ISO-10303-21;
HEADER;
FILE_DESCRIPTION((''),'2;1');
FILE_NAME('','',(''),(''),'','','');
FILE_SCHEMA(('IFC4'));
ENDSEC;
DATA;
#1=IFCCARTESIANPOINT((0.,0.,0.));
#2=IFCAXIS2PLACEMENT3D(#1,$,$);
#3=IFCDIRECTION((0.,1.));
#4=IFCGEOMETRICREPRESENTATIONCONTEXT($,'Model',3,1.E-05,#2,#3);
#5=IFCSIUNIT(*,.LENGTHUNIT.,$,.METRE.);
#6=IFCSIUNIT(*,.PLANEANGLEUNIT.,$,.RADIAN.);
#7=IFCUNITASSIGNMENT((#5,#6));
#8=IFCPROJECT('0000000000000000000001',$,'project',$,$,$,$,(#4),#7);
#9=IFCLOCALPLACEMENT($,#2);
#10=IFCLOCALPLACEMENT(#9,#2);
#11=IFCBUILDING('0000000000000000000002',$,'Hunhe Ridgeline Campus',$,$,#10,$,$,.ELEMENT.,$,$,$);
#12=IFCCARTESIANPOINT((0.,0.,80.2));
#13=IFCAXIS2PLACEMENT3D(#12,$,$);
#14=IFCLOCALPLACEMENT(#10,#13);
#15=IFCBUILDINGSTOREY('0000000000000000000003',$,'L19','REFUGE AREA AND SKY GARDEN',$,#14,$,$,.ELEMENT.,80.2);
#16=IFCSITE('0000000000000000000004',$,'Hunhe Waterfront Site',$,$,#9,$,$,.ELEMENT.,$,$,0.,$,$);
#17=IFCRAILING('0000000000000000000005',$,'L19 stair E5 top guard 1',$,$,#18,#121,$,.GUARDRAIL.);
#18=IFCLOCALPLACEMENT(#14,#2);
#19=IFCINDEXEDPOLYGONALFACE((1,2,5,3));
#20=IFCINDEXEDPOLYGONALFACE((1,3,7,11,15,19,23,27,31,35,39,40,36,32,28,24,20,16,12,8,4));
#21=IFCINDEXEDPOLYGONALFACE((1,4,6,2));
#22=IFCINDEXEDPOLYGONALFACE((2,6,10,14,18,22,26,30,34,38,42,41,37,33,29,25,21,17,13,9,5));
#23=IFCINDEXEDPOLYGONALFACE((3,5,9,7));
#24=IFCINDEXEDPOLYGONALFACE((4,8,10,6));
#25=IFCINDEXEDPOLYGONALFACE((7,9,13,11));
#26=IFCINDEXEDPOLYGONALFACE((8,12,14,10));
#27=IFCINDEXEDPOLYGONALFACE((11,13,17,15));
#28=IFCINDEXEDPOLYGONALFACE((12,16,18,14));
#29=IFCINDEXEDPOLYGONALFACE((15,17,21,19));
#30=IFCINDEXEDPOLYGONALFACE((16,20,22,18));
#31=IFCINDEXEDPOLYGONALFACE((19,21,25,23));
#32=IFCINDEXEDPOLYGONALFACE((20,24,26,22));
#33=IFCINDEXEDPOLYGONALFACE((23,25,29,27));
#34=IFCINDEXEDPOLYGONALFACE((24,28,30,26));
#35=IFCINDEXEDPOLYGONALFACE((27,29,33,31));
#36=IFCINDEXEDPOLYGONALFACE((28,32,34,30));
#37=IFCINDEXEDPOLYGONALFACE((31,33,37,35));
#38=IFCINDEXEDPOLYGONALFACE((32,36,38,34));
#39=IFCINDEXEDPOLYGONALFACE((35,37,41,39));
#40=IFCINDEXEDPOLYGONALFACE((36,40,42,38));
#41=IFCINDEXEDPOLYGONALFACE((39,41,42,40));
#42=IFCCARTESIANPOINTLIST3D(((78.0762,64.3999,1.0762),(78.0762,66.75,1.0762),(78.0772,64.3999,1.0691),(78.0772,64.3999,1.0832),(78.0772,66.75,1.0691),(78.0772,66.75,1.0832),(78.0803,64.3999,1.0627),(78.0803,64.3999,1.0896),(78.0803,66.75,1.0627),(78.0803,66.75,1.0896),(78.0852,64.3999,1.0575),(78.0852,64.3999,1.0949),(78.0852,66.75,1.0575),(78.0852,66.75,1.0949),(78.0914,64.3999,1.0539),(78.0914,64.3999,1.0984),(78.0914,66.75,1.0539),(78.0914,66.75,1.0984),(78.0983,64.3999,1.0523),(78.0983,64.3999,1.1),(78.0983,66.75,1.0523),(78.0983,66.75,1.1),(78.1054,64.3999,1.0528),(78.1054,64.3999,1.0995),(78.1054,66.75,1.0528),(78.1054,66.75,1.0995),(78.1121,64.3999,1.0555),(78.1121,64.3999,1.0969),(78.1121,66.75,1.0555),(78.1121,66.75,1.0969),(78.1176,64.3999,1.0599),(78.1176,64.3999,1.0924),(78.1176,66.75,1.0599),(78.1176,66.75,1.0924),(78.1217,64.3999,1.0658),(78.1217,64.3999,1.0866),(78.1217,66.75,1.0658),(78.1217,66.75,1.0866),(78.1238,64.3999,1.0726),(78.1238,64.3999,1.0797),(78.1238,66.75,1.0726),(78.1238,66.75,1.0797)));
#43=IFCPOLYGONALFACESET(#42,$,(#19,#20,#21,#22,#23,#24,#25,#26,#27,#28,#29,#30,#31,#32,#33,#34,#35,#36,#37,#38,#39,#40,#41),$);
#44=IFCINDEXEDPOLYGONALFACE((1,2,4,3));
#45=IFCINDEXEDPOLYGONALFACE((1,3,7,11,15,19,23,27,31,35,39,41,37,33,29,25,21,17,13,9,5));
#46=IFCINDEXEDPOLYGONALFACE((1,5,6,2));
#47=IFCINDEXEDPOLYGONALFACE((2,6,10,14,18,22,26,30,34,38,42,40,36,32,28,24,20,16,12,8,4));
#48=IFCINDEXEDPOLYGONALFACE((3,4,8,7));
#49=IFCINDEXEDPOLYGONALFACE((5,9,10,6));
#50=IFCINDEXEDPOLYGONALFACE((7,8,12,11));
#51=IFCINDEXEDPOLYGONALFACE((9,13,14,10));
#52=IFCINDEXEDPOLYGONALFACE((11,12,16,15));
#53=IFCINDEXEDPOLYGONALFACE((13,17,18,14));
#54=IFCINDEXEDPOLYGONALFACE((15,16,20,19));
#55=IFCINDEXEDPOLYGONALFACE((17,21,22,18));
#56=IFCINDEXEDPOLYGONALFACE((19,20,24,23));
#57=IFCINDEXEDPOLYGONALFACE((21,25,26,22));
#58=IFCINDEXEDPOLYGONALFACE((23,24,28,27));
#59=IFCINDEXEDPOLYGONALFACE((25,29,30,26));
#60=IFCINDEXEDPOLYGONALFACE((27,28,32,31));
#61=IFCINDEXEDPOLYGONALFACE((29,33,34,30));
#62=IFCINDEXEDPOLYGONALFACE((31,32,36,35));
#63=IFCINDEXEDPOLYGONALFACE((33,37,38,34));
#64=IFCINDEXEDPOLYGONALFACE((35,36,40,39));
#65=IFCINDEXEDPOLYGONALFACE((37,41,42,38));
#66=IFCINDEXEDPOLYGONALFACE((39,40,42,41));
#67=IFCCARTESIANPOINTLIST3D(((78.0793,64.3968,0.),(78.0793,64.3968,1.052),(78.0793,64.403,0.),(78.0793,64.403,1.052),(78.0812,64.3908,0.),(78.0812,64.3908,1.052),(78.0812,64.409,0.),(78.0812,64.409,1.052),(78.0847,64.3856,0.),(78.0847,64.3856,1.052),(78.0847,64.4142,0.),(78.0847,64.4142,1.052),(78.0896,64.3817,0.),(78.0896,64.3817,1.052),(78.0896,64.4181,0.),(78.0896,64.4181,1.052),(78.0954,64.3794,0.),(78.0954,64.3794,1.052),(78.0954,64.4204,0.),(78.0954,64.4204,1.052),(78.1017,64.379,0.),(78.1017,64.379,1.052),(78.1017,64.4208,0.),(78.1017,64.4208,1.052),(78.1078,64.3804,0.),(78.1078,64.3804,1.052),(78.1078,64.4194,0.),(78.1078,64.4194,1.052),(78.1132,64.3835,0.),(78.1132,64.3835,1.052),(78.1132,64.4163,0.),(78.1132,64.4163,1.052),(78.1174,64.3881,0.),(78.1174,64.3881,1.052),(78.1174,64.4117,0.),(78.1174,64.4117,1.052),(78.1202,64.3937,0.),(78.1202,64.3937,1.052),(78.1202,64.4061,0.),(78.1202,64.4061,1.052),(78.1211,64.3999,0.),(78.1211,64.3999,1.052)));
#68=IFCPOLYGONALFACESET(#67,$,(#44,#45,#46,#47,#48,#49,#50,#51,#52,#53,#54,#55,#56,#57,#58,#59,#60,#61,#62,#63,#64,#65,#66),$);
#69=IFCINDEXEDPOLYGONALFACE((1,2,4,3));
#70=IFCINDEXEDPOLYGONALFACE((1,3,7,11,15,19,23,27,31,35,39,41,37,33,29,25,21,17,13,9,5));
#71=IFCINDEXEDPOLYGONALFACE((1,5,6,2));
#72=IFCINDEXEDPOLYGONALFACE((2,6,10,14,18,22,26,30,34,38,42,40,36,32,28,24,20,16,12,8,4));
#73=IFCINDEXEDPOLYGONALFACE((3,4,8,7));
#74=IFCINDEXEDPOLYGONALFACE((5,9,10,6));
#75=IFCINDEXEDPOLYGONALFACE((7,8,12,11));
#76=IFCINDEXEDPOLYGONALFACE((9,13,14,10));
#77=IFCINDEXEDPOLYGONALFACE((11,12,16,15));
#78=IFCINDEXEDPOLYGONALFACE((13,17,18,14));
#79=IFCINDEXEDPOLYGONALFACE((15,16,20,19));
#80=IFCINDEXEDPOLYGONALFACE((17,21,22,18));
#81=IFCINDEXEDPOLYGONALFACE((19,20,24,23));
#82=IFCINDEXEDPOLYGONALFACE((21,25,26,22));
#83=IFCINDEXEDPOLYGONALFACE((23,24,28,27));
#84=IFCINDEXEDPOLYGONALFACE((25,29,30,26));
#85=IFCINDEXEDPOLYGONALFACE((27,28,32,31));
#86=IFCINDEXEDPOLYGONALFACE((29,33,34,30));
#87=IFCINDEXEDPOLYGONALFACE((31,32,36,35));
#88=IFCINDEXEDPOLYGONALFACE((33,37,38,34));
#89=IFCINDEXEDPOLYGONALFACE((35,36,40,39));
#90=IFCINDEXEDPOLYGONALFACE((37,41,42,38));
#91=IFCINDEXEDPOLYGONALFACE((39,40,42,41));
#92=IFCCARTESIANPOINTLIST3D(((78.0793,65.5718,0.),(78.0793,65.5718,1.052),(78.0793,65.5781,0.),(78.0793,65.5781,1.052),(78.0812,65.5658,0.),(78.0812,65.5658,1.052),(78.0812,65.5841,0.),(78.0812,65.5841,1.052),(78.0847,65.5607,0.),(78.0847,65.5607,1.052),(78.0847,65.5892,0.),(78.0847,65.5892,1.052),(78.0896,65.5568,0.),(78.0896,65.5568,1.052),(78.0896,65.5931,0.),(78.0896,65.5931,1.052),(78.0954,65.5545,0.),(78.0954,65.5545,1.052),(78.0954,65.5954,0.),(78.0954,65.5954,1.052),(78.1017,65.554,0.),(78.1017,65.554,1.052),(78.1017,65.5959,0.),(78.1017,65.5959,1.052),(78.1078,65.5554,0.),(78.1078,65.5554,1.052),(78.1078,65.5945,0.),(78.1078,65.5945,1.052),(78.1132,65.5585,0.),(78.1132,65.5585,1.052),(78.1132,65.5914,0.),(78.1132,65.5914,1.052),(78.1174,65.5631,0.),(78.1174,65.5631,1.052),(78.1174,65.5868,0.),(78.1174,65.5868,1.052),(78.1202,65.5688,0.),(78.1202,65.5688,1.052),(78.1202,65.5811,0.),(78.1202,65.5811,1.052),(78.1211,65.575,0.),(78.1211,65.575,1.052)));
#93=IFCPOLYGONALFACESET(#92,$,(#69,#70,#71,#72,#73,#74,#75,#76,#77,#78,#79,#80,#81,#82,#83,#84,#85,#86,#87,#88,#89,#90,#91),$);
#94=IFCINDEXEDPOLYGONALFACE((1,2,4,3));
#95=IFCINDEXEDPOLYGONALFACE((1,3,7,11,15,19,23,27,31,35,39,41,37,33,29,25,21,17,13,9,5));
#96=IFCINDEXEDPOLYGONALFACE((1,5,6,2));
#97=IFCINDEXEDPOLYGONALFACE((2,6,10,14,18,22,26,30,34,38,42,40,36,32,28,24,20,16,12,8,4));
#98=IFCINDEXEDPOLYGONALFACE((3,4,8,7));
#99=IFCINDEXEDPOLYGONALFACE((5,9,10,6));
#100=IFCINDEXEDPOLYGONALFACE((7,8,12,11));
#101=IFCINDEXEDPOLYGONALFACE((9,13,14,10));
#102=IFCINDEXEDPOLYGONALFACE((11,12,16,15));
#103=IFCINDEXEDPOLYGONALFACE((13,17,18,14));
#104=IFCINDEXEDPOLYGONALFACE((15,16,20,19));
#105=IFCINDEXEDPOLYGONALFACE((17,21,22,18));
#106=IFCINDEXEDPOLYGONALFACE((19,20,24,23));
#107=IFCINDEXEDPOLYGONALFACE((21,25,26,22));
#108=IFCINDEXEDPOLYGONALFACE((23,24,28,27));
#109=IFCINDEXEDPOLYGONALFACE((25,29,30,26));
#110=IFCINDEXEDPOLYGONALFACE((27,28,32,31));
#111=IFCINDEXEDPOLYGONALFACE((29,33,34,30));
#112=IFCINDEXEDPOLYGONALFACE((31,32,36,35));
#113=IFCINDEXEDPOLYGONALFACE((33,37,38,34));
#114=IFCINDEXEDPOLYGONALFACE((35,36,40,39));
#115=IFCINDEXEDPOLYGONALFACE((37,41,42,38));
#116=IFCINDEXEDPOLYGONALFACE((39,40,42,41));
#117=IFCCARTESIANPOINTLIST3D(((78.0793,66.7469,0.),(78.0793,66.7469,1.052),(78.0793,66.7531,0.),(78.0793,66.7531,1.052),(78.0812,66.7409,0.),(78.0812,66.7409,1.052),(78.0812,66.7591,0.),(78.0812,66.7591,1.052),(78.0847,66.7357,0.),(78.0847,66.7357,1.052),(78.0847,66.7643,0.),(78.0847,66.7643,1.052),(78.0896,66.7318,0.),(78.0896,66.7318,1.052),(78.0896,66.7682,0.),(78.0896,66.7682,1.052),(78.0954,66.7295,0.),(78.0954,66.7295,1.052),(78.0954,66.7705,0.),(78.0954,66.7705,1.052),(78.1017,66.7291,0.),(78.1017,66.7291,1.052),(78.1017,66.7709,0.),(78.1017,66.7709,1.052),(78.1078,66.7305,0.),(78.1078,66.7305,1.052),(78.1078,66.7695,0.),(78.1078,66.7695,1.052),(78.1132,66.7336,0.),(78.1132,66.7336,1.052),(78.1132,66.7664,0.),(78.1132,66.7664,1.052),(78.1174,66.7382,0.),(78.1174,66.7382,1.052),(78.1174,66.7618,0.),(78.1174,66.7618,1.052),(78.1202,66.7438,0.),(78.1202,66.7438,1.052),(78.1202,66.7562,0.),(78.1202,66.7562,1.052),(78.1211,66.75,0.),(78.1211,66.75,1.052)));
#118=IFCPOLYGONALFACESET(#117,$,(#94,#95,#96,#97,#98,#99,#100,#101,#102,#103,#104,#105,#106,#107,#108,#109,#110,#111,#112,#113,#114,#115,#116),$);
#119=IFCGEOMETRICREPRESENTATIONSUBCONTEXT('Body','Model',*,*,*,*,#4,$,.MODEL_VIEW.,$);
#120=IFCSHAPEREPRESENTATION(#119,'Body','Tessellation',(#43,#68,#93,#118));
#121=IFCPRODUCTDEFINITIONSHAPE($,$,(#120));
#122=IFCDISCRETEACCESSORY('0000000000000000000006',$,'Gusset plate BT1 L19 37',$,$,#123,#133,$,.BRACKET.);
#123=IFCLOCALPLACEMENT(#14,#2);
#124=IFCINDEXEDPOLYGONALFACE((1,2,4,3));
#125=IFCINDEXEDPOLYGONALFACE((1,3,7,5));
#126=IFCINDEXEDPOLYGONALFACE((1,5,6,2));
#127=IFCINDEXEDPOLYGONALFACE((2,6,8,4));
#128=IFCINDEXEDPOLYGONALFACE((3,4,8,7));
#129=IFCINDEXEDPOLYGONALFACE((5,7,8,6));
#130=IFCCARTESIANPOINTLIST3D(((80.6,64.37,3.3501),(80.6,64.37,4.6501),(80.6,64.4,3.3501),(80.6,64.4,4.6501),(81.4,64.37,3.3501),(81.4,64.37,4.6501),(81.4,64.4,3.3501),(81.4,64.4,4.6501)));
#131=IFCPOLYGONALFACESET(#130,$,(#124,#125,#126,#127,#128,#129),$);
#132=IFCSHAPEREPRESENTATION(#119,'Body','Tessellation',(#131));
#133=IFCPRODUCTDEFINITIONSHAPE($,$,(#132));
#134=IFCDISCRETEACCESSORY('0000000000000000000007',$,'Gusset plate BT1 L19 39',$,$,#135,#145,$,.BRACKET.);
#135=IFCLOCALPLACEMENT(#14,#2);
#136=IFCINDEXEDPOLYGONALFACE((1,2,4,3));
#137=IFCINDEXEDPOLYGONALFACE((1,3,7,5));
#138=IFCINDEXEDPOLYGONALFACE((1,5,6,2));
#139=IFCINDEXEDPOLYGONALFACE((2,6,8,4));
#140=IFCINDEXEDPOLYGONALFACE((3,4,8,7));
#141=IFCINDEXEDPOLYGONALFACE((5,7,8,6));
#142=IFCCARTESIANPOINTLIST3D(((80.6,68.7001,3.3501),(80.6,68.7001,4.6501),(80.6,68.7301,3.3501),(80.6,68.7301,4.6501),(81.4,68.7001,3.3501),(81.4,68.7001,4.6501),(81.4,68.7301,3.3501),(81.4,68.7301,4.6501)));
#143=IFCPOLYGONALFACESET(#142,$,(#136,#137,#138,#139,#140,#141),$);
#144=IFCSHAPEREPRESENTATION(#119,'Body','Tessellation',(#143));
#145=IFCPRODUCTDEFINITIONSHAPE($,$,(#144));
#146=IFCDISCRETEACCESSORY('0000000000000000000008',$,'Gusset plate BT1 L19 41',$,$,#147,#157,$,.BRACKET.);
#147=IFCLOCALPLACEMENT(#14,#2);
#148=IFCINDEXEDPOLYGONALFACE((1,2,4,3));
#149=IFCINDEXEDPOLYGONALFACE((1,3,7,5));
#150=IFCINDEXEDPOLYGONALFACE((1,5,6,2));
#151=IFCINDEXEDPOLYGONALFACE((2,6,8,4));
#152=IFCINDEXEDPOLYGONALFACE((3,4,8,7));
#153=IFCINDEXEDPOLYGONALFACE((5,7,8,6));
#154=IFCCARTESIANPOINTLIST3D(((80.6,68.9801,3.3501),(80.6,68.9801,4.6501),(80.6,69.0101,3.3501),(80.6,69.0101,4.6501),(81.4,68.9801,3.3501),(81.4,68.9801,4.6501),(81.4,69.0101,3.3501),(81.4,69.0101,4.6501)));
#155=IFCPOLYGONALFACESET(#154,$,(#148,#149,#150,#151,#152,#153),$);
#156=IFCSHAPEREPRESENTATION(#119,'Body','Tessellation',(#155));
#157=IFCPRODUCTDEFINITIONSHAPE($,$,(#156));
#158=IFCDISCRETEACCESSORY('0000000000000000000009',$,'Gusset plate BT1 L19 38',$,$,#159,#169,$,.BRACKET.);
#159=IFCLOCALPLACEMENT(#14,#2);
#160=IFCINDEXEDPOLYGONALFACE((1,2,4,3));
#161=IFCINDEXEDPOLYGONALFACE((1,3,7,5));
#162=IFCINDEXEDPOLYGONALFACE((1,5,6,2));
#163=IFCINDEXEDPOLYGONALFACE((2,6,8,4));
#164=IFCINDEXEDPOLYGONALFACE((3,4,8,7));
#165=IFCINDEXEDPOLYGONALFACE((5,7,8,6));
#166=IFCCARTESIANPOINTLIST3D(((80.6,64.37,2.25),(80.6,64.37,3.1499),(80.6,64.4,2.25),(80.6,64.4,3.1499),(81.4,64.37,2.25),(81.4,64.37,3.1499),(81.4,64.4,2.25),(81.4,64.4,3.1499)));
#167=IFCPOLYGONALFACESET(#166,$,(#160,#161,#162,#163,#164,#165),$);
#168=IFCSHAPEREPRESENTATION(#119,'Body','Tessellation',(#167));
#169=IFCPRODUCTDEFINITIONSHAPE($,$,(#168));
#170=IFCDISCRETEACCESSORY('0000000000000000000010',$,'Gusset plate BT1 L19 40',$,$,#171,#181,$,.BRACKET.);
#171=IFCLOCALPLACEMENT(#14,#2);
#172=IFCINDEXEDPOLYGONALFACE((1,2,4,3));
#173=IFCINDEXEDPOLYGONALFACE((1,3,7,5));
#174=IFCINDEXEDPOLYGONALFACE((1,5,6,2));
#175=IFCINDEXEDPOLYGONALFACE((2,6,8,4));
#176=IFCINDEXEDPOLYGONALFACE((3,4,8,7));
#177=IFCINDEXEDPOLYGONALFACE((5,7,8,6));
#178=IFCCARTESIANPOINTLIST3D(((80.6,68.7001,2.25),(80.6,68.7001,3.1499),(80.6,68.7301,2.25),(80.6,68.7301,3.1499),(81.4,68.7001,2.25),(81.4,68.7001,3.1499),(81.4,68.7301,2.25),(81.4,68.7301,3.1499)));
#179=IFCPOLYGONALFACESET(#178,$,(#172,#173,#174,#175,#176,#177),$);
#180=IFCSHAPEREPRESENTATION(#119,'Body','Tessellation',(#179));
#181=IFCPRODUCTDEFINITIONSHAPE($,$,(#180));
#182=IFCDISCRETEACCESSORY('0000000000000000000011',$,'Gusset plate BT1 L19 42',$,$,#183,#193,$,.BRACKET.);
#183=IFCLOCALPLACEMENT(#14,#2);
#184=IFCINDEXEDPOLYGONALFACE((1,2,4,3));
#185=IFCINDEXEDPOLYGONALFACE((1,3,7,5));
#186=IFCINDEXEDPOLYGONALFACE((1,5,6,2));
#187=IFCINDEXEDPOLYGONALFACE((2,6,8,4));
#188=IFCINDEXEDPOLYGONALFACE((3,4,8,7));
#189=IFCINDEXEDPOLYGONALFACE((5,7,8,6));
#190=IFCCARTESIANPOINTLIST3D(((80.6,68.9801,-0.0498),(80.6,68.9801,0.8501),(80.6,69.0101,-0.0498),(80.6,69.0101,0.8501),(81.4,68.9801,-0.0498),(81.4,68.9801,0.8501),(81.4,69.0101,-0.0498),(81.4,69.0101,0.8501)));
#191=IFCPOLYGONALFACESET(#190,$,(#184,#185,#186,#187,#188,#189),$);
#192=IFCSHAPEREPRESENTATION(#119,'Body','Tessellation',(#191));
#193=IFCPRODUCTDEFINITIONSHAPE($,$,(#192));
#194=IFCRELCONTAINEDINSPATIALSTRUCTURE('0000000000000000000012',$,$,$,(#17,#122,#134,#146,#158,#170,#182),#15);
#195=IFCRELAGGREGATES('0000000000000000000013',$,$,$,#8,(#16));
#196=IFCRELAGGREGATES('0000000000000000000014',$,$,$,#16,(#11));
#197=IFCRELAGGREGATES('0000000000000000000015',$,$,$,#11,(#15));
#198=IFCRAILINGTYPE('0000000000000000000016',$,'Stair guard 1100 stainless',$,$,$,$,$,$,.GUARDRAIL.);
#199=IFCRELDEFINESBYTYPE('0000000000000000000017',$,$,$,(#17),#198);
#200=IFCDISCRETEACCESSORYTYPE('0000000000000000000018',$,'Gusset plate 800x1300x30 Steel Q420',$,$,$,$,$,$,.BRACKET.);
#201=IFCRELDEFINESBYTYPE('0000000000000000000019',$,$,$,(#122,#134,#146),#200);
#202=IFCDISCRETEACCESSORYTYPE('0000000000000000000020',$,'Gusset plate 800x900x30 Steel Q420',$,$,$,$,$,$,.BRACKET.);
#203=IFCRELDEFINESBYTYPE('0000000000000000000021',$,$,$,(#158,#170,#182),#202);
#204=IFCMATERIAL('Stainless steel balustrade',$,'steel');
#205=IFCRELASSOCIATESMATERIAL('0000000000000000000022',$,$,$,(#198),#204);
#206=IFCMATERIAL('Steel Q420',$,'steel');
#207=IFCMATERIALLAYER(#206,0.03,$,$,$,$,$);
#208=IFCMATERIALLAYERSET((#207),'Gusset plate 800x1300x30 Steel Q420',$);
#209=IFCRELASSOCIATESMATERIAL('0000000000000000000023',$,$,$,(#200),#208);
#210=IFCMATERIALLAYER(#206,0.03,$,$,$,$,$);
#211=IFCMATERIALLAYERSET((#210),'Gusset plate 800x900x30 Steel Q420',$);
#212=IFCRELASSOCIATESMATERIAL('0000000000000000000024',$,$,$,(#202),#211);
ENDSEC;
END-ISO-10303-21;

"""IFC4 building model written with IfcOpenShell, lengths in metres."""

from ifc_helpers import new_model, si_unit, direction, frame, origin, origin_2d, place, context, subcontext, project, spatial, rectangle, circle, extrude, material, layer, layer_set, type_object, element, save


model = new_model("IFC4")

# Units and contexts
model_context = context("Model", 3, precision=1e-05, world=origin(), true_north=direction((0.0, 1.0)))
body_context = subcontext(model_context, "Body", "Model", "MODEL_VIEW")
ifc_project = project(units=[si_unit("LENGTHUNIT", "METRE"), si_unit("PLANEANGLEUNIT", "RADIAN")], contexts=[model_context])

# Site, building, storey
site_placement = place(None, origin())
site = spatial("IfcSite", under=ifc_project, at=site_placement, Name="Hunhe Waterfront Site", CompositionType="ELEMENT", RefElevation=0.0)
building_placement = place(site_placement, origin())
building = spatial("IfcBuilding", under=site, at=building_placement, Name="Hunhe Ridgeline Campus", CompositionType="ELEMENT")
storey_placement = place(building_placement, frame((0.0, 0.0, 80.2)))
storey = spatial("IfcBuildingStorey", under=building, at=storey_placement, Name="L19", Description="REFUGE AREA AND SKY GARDEN", CompositionType="ELEMENT", Elevation=80.2)

# Shared definitions
ifc_material_1 = material(Name="Steel Q420", Category="steel")

# Railing
ifc_material_2 = material(Name="Stainless steel balustrade", Category="steel")
railing_type_1 = type_object("IfcRailingType", Name="Stair guard 1100 stainless", PredefinedType="GUARDRAIL", material=ifc_material_2)
railing_1_placement = place(storey_placement, frame((78.1001, 64.3999, 0.0)))
element("IfcRailing", 1, at=railing_1_placement, inside=storey, type_object=railing_type_1, Name="L19 stair E5 top guard 1", PredefinedType="GUARDRAIL", context=body_context, shape_type="SweptSolid", body=[
    extrude(circle(Radius=0.0239, at=origin_2d()), frame((0.0, 0.0, 1.0762), z_axis=(0.0, 1.0, 0.0), x_axis=(-1.0, 0.0, 0.0)), (0.0, 0.0, 1.0), 2.3501),
    extrude(circle(Radius=0.021, at=origin_2d()), origin(), (0.0, 0.0, 1.0), 1.052),
    extrude(circle(Radius=0.021, at=origin_2d()), frame((0.0, 1.175, 0.0)), (0.0, 0.0, 1.0), 1.052),
    extrude(circle(Radius=0.021, at=origin_2d()), frame((0.0, 2.3501, 0.0)), (0.0, 0.0, 1.0), 1.052),
])

# Discrete accessories
ifc_layer_1 = layer(ifc_material_1, 0.03)
ifc_layer_set_1 = layer_set([ifc_layer_1], Name="Gusset plate 800x1300x30 Steel Q420")
discrete_accessory_type_1 = type_object("IfcDiscreteAccessoryType", Name="Gusset plate 800x1300x30 Steel Q420", PredefinedType="BRACKET", material=ifc_layer_set_1)
for number, where, z_axis, x_axis, name in (
    (2, (81.0, 64.385, 3.3501), (0.0, 0.0, 1.0), (0.0, -1.0, 0.0), "Gusset plate BT1 L19 37"),
    (3, (81.0, 68.7151, 3.3501), (0.0, 0.0, 1.0), (0.0, 1.0, 0.0), "Gusset plate BT1 L19 39"),
    (4, (81.0, 68.9951, 3.3501), (0.0, 0.0, 1.0), (0.0, -1.0, 0.0), "Gusset plate BT1 L19 41"),
):
    element("IfcDiscreteAccessory", number, at=place(storey_placement, frame(where, z_axis=z_axis, x_axis=x_axis)), inside=storey, type_object=discrete_accessory_type_1, Name=name, PredefinedType="BRACKET", context=body_context, shape_type="SweptSolid", body=[
        extrude(rectangle(XDim=0.03, YDim=0.8, at=origin_2d()), origin(), (0.0, 0.0, 1.0), 1.3),
    ])
ifc_layer_2 = layer(ifc_material_1, 0.03)
ifc_layer_set_2 = layer_set([ifc_layer_2], Name="Gusset plate 800x900x30 Steel Q420")
discrete_accessory_type_2 = type_object("IfcDiscreteAccessoryType", Name="Gusset plate 800x900x30 Steel Q420", PredefinedType="BRACKET", material=ifc_layer_set_2)
for number, where, z_axis, x_axis, name in (
    (5, (81.0, 64.385, 2.25), (0.0, 0.0, 1.0), (0.0, -1.0, 0.0), "Gusset plate BT1 L19 38"),
    (6, (81.0, 68.7151, 2.25), (0.0, 0.0, 1.0), (0.0, 1.0, 0.0), "Gusset plate BT1 L19 40"),
    (7, (81.0, 68.9951, -0.0498), (0.0, 0.0, 1.0), (0.0, -1.0, 0.0), "Gusset plate BT1 L19 42"),
):
    element("IfcDiscreteAccessory", number, at=place(storey_placement, frame(where, z_axis=z_axis, x_axis=x_axis)), inside=storey, type_object=discrete_accessory_type_2, Name=name, PredefinedType="BRACKET", context=body_context, shape_type="SweptSolid", body=[
        extrude(rectangle(XDim=0.03, YDim=0.8, at=origin_2d()), origin(), (0.0, 0.0, 1.0), 0.8999),
    ])

save(model, "model.ifc")
